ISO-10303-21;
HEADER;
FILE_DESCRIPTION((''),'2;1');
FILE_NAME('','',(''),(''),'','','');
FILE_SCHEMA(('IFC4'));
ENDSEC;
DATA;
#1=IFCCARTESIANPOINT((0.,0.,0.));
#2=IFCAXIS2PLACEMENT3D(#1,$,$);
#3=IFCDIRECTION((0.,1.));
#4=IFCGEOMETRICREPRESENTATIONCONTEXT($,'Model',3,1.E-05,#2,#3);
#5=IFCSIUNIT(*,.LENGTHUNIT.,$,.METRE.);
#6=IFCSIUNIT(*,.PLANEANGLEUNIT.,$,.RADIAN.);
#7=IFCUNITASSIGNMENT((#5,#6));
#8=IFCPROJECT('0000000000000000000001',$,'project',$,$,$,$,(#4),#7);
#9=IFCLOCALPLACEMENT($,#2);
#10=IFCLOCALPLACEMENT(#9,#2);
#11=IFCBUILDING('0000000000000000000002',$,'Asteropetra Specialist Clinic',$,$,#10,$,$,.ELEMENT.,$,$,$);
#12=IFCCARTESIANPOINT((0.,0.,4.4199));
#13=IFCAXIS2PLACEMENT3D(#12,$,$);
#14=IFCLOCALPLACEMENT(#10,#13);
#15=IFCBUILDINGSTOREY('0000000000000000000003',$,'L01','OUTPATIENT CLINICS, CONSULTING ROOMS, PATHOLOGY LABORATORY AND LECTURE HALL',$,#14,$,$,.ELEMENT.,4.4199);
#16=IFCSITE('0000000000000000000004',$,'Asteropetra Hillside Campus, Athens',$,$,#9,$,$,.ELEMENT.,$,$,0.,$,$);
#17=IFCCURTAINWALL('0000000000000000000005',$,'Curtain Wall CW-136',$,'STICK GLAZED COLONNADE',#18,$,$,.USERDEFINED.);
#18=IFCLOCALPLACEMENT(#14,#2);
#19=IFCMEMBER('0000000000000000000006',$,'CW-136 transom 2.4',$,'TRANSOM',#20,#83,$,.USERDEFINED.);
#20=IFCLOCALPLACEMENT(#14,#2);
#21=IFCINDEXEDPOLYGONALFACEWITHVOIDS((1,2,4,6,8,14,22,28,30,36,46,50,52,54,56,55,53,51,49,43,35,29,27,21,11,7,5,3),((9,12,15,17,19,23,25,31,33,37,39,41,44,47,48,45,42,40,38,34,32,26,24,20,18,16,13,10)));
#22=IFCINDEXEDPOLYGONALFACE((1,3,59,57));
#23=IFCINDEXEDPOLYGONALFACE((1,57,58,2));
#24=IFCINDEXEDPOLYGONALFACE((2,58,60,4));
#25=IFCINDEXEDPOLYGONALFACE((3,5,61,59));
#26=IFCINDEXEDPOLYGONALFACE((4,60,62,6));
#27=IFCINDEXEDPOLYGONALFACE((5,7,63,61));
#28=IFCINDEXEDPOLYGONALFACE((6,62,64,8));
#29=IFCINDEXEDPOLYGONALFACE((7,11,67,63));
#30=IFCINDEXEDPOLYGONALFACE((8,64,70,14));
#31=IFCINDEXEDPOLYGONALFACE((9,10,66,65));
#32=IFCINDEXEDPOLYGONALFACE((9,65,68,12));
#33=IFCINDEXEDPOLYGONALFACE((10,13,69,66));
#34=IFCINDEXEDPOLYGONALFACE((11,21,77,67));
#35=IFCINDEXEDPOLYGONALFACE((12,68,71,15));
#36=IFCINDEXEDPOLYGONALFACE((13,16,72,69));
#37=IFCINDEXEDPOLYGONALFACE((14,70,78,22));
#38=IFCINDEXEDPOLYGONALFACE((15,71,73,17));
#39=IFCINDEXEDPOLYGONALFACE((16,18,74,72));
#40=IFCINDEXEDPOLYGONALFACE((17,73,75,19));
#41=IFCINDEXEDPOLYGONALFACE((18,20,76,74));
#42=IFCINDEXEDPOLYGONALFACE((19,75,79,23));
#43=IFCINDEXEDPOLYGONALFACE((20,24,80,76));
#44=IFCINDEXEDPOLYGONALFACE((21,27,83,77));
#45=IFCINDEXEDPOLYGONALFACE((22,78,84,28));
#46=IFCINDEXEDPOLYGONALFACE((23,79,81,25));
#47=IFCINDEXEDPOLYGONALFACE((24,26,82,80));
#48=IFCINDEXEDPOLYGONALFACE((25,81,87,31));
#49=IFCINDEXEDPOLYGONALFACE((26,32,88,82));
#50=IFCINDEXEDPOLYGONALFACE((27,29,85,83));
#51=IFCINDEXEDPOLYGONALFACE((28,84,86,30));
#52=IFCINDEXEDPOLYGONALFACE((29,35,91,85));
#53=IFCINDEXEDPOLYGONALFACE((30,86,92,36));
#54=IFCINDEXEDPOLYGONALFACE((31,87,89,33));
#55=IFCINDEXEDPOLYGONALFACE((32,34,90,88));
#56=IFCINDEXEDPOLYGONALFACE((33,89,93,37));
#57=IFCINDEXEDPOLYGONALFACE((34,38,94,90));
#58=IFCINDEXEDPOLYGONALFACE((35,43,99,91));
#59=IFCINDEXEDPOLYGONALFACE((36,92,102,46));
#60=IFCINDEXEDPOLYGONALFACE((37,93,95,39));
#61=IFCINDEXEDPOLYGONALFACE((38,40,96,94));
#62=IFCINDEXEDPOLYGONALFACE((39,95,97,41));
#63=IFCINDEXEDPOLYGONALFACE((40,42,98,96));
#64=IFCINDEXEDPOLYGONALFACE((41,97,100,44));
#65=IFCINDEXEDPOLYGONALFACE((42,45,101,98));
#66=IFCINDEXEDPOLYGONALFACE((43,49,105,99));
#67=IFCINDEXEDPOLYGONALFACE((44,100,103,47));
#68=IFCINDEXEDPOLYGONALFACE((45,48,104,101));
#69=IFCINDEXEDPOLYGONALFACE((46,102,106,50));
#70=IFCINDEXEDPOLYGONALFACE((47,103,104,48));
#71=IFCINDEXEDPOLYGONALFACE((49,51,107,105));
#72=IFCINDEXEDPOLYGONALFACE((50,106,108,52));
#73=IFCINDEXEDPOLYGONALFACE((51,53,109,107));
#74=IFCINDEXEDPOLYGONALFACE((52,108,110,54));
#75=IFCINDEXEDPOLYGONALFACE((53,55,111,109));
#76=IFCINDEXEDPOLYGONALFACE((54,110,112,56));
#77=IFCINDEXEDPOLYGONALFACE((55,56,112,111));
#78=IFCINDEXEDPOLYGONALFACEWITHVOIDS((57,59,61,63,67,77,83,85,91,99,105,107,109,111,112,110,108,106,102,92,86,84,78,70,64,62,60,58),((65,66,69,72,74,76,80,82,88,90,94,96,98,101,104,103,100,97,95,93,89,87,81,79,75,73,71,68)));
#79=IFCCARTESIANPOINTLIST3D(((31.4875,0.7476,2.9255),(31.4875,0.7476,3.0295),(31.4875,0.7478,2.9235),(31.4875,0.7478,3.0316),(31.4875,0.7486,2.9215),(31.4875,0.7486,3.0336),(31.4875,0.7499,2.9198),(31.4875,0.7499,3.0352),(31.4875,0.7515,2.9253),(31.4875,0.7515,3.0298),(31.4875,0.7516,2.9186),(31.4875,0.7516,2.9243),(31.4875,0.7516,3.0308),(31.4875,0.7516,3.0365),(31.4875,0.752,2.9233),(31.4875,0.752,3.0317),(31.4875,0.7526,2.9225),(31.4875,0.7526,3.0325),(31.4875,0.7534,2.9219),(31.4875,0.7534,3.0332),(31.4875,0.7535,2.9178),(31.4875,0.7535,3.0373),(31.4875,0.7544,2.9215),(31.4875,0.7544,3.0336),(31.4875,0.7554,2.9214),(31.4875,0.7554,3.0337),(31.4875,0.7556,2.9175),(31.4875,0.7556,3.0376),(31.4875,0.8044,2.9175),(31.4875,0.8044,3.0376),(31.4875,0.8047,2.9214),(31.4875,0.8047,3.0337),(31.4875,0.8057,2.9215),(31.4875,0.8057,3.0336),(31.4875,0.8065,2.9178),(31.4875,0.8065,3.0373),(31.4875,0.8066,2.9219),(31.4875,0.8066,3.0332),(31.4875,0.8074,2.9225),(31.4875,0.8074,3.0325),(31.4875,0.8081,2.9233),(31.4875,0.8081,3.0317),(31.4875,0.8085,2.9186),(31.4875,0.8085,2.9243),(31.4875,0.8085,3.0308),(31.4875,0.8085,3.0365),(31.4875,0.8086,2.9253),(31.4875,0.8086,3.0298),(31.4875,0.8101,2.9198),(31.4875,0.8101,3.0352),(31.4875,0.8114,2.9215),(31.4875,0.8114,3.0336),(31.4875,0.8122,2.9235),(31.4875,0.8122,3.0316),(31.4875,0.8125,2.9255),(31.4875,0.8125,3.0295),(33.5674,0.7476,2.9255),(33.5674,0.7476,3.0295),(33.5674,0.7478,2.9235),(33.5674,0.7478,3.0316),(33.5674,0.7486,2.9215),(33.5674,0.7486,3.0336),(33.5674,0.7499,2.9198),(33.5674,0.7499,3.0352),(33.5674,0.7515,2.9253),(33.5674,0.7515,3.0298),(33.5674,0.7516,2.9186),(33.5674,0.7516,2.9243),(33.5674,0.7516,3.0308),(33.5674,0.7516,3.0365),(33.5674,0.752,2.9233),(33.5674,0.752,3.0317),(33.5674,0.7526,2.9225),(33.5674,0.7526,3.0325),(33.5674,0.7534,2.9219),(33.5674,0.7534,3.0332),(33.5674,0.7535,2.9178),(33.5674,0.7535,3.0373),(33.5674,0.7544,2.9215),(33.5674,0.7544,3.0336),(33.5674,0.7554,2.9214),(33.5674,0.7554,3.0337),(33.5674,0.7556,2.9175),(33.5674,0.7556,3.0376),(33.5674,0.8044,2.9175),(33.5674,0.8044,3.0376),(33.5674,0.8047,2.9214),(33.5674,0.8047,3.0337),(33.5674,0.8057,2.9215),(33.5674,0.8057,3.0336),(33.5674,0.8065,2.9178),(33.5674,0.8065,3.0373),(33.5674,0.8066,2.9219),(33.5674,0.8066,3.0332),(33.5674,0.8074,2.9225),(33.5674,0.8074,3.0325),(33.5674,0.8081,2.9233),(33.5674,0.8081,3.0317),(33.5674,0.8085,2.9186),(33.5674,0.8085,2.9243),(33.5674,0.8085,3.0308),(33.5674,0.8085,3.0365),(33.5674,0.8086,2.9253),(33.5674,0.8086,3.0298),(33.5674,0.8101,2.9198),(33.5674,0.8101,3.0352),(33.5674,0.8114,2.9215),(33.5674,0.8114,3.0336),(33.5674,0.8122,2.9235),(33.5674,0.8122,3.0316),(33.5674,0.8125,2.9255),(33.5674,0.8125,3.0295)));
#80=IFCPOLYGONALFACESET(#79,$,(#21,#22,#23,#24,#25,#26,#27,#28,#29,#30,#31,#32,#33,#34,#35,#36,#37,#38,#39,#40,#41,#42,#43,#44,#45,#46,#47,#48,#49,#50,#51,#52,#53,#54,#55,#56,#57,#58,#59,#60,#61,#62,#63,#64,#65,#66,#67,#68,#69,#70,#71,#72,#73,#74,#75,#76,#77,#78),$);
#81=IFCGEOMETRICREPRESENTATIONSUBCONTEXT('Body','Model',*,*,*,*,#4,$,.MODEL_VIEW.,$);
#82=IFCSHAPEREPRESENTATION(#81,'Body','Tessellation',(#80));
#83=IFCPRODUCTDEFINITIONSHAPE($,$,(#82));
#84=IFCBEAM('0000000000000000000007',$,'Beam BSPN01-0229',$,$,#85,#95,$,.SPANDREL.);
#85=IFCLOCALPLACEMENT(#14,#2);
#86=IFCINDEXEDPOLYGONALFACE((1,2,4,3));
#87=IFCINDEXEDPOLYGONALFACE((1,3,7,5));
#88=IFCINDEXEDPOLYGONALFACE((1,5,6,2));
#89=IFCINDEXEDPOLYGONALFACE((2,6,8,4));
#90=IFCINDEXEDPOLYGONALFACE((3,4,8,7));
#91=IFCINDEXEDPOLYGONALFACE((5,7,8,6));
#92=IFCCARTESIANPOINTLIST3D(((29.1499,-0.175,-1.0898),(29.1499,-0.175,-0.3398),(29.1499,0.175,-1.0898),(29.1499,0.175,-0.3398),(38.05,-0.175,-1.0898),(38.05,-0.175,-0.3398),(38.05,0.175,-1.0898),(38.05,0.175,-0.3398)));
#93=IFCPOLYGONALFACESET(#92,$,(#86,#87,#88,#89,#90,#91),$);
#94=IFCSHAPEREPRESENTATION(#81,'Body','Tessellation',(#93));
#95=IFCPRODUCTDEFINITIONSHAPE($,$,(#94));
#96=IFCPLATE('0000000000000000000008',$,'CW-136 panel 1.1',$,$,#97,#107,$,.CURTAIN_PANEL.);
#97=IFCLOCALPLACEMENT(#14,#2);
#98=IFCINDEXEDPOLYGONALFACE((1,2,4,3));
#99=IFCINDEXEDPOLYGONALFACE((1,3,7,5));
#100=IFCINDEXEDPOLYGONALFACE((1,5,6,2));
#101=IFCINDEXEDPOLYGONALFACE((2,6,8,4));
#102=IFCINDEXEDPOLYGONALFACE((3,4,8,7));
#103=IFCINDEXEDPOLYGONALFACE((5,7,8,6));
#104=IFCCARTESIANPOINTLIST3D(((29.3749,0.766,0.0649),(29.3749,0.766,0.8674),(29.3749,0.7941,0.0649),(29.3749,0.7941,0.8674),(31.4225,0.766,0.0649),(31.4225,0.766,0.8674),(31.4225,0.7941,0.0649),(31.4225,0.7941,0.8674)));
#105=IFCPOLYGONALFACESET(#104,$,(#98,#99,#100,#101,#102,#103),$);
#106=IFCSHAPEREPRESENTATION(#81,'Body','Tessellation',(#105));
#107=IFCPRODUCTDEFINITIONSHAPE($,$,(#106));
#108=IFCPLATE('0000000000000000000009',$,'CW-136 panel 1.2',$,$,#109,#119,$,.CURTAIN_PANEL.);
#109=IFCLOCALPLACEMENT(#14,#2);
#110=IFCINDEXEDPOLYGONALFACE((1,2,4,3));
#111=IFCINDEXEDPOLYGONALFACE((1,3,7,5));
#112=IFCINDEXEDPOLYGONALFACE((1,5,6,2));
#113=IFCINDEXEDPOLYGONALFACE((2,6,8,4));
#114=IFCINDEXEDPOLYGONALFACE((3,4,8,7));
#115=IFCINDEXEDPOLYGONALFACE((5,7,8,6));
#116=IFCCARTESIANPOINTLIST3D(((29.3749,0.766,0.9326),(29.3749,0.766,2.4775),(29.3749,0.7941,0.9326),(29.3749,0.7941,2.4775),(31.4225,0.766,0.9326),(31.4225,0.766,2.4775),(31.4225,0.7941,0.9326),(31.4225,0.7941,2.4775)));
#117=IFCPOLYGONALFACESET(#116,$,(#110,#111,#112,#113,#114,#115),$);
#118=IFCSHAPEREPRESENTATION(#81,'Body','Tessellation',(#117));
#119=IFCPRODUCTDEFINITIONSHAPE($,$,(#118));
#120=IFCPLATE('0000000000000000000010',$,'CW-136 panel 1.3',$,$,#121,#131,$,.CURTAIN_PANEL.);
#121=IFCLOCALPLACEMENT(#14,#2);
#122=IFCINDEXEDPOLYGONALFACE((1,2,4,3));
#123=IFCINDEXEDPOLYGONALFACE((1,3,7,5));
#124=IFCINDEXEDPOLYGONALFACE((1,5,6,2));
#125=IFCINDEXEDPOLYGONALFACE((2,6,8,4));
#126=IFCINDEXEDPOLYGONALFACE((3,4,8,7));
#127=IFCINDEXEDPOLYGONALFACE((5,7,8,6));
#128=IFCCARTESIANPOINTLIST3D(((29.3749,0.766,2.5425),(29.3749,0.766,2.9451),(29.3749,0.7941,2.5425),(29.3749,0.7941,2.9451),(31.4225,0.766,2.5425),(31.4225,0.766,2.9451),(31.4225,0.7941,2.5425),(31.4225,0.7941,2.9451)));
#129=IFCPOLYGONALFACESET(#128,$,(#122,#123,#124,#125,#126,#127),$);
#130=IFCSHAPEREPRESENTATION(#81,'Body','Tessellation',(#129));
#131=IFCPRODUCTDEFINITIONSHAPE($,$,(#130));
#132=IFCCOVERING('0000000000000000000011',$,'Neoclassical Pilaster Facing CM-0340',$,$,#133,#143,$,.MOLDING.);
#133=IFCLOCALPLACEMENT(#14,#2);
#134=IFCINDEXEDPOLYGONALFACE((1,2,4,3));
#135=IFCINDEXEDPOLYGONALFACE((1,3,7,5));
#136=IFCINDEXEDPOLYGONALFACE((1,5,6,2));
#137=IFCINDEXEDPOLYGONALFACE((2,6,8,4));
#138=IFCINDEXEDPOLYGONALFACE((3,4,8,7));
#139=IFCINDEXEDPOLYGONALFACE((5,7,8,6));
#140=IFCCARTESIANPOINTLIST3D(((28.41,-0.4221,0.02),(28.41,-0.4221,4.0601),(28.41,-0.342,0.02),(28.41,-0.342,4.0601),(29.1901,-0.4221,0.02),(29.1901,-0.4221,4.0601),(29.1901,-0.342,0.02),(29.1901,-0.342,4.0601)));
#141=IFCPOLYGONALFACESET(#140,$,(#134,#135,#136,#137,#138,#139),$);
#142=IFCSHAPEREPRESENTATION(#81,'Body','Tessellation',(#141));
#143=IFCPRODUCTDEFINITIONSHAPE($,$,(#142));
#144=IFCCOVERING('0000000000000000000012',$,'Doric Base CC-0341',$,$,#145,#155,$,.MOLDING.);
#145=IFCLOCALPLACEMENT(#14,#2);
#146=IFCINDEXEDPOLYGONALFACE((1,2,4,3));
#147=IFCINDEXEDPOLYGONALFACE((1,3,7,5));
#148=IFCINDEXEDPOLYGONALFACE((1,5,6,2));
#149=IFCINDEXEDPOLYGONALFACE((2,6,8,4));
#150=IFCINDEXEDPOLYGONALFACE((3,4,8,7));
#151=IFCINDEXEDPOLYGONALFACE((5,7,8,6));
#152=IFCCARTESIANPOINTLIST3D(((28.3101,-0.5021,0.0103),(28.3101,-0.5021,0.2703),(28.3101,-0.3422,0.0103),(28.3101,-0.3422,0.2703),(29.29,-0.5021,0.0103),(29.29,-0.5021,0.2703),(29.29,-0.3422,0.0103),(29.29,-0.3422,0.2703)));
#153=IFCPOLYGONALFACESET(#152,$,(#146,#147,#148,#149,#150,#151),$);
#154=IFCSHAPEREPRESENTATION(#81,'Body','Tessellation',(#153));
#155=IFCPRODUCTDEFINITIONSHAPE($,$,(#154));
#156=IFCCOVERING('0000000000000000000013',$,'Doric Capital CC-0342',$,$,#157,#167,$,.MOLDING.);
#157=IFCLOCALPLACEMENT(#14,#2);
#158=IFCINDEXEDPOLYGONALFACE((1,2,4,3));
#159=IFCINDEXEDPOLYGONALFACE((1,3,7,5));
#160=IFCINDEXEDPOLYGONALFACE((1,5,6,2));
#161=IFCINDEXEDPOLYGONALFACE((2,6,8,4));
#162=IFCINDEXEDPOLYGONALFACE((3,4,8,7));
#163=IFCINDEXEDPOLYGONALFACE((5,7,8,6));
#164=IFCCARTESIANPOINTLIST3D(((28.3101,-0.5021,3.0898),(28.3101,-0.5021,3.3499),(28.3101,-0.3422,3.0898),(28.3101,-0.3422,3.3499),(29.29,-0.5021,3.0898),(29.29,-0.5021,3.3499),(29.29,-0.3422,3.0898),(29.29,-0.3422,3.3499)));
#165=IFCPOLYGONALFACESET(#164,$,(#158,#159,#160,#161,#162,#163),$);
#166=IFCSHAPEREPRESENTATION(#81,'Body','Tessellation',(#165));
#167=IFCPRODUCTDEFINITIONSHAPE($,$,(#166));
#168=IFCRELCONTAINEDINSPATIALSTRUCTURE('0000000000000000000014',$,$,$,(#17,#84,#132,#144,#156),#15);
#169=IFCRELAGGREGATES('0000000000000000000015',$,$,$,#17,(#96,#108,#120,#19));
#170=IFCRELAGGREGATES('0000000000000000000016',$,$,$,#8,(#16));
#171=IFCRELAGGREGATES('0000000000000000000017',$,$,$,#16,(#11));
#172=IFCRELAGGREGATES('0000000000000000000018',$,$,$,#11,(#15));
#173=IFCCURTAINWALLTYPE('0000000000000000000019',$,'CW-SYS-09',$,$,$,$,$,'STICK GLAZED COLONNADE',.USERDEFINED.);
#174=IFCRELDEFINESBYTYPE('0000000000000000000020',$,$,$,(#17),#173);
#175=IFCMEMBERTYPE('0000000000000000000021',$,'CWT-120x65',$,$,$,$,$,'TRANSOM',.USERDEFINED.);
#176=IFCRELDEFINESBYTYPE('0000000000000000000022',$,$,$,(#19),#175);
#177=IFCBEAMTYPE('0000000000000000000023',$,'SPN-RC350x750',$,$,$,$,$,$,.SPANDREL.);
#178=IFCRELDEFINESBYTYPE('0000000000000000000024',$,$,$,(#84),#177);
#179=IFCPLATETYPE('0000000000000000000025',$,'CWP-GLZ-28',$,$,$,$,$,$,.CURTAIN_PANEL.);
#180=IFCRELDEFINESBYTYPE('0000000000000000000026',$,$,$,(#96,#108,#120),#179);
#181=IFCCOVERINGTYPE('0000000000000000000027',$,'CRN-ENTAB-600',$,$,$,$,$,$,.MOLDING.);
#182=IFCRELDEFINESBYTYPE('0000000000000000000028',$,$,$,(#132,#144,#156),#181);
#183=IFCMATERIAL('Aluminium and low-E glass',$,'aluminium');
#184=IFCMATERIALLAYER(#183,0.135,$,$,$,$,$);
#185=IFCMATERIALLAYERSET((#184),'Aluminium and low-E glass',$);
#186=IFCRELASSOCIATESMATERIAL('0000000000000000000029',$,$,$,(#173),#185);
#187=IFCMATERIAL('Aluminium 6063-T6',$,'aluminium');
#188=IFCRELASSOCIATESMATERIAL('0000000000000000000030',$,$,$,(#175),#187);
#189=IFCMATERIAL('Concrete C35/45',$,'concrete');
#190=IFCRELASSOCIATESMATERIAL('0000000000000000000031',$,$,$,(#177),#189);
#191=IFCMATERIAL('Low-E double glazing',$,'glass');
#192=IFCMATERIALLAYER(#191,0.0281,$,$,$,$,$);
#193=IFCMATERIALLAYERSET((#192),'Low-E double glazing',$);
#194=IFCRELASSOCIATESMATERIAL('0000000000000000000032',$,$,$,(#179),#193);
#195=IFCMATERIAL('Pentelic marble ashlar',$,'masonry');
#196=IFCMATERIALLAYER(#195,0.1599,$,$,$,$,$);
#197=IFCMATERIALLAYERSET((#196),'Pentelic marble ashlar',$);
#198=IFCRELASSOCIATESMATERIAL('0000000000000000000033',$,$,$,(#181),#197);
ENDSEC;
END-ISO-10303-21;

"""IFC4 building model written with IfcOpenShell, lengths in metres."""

from ifc_helpers import new_model, si_unit, direction, frame, origin, origin_2d, place, context, subcontext, project, spatial, rectangle, hollow_rectangle, extrude, material, layer, layer_set, material_profile, profile_set, type_object, element, aggregate, save


model = new_model("IFC4")

# Units and contexts
model_context = context("Model", 3, precision=1e-05, world=origin(), true_north=direction((0.0, 1.0)))
body_context = subcontext(model_context, "Body", "Model", "MODEL_VIEW")
ifc_project = project(units=[si_unit("LENGTHUNIT", "METRE"), si_unit("PLANEANGLEUNIT", "RADIAN")], contexts=[model_context])

# Site, building, storey
site_placement = place(None, origin())
site = spatial("IfcSite", under=ifc_project, at=site_placement, Name="Asteropetra Hillside Campus, Athens", CompositionType="ELEMENT", RefElevation=0.0)
building_placement = place(site_placement, origin())
building = spatial("IfcBuilding", under=site, at=building_placement, Name="Asteropetra Specialist Clinic", CompositionType="ELEMENT")
storey_placement = place(building_placement, frame((0.0, 0.0, 4.4199)))
storey = spatial("IfcBuildingStorey", under=building, at=storey_placement, Name="L01", Description="OUTPATIENT CLINICS, CONSULTING ROOMS, PATHOLOGY LABORATORY AND LECTURE HALL", CompositionType="ELEMENT", Elevation=4.4199)

# Curtain wall, member
ifc_material_1 = material(Name="Aluminium and low-E glass", Category="aluminium")
ifc_layer_1 = layer(ifc_material_1, 0.135)
ifc_layer_set_1 = layer_set([ifc_layer_1], Name="Aluminium and low-E glass")
curtain_wall_type = type_object("IfcCurtainWallType", Name="CW-SYS-09", ElementType="STICK GLAZED COLONNADE", PredefinedType="USERDEFINED", material=ifc_layer_set_1)
curtain_wall_placement = place(storey_placement, origin())
curtain_wall = element("IfcCurtainWall", 1, at=curtain_wall_placement, inside=storey, type_object=curtain_wall_type, Name="Curtain Wall CW-136", ObjectType="STICK GLAZED COLONNADE", PredefinedType="USERDEFINED")
ifc_material_2 = material(Name="Aluminium 6063-T6", Category="aluminium")
ifc_material_profile_1 = material_profile(ifc_material_2, hollow_rectangle(XDim=0.0649, YDim=0.1201, WallThickness=0.0039, InnerFilletRadius=0.0039, OuterFilletRadius=0.0081, at=origin_2d()), Name="TRN 120x65x4.0")
ifc_profile_set_1 = profile_set([ifc_material_profile_1], Name="Aluminium 6063-T6")
member_type_1 = type_object("IfcMemberType", Name="CWT-120x65", ElementType="TRANSOM", PredefinedType="USERDEFINED", material=ifc_profile_set_1)
member_1_placement = place(storey_placement, frame((31.4875, 0.78, 2.9775), z_axis=(1.0, 0.0, 0.0), x_axis=(0.0, 1.0, 0.0)))
member_1 = element("IfcMember", 2, at=member_1_placement, type_object=member_type_1, Name="CW-136 transom 2.4", ObjectType="TRANSOM", PredefinedType="USERDEFINED", context=body_context, shape_type="SweptSolid", body=[
    extrude(hollow_rectangle(XDim=0.0649, YDim=0.1201, WallThickness=0.0039, InnerFilletRadius=0.0039, OuterFilletRadius=0.0081, at=origin_2d()), origin(), (0.0, 0.0, 1.0), 2.0798),
])

# Beam
ifc_material_3 = material(Name="Concrete C35/45", Category="concrete")
ifc_material_profile_2 = material_profile(ifc_material_3, rectangle(XDim=0.3501, YDim=0.75, at=origin_2d()), Name="RCS 350x750")
ifc_profile_set_2 = profile_set([ifc_material_profile_2], Name="Concrete C35/45")
beam_type_1 = type_object("IfcBeamType", Name="SPN-RC350x750", PredefinedType="SPANDREL", material=ifc_profile_set_2)
beam_1_placement = place(storey_placement, frame((29.1499, 0.0, -0.7148), z_axis=(1.0, 0.0, 0.0), x_axis=(0.0, 1.0, 0.0)))
element("IfcBeam", 3, at=beam_1_placement, inside=storey, type_object=beam_type_1, Name="Beam BSPN01-0229", PredefinedType="SPANDREL", context=body_context, shape_type="SweptSolid", body=[
    extrude(rectangle(XDim=0.3501, YDim=0.75, at=origin_2d()), origin(), (0.0, 0.0, 1.0), 8.9001),
])

# Plates
ifc_material_4 = material(Name="Low-E double glazing", Category="glass")
ifc_layer_2 = layer(ifc_material_4, 0.0281)
ifc_layer_set_2 = layer_set([ifc_layer_2], Name="Low-E double glazing")
plate_type = type_object("IfcPlateType", Name="CWP-GLZ-28", PredefinedType="CURTAIN_PANEL", material=ifc_layer_set_2)
plate_1_placement = place(storey_placement, frame((30.3987, 0.78, 0.0649), z_axis=(0.0, 0.0, 1.0), x_axis=(1.0, 0.0, 0.0)))
plate_1 = element("IfcPlate", 4, at=plate_1_placement, type_object=plate_type, Name="CW-136 panel 1.1", PredefinedType="CURTAIN_PANEL", context=body_context, shape_type="SweptSolid", body=[
    extrude(rectangle(XDim=2.0476, YDim=0.0281, at=origin_2d()), origin(), (0.0, 0.0, 1.0), 0.8025),
])
plate_2_placement = place(storey_placement, frame((30.3987, 0.78, 0.9326), z_axis=(0.0, 0.0, 1.0), x_axis=(1.0, 0.0, 0.0)))
plate_2 = element("IfcPlate", 5, at=plate_2_placement, type_object=plate_type, Name="CW-136 panel 1.2", PredefinedType="CURTAIN_PANEL", context=body_context, shape_type="SweptSolid", body=[
    extrude(rectangle(XDim=2.0476, YDim=0.0281, at=origin_2d()), origin(), (0.0, 0.0, 1.0), 1.5449),
])
plate_3_placement = place(storey_placement, frame((30.3987, 0.78, 2.5425), z_axis=(0.0, 0.0, 1.0), x_axis=(1.0, 0.0, 0.0)))
plate_3 = element("IfcPlate", 6, at=plate_3_placement, type_object=plate_type, Name="CW-136 panel 1.3", PredefinedType="CURTAIN_PANEL", context=body_context, shape_type="SweptSolid", body=[
    extrude(rectangle(XDim=2.0476, YDim=0.0281, at=origin_2d()), origin(), (0.0, 0.0, 1.0), 0.4026),
])
aggregate(curtain_wall, [plate_1, plate_2, plate_3, member_1])

# Coverings
ifc_material_5 = material(Name="Pentelic marble ashlar", Category="masonry")
ifc_layer_3 = layer(ifc_material_5, 0.1599)
ifc_layer_set_3 = layer_set([ifc_layer_3], Name="Pentelic marble ashlar")
covering_type = type_object("IfcCoveringType", Name="CRN-ENTAB-600", PredefinedType="MOLDING", material=ifc_layer_set_3)
covering_placement = place(storey_placement, frame((28.8, -0.3821, 0.02), z_axis=(0.0, 0.0, 1.0), x_axis=(1.0, 0.0, 0.0)))
element("IfcCovering", 7, at=covering_placement, inside=storey, type_object=covering_type, Name="Neoclassical Pilaster Facing CM-0340", PredefinedType="MOLDING", context=body_context, shape_type="SweptSolid", body=[
    extrude(rectangle(XDim=0.78, YDim=0.0801, at=origin_2d()), origin(), (0.0, 0.0, 1.0), 4.04),
])
for number, where, z_axis, x_axis, name in (
    (8, (28.8, -0.4221, 0.0103), (0.0, 0.0, 1.0), (1.0, 0.0, 0.0), "Doric Base CC-0341"),
    (9, (28.8, -0.4221, 3.0898), (0.0, 0.0, 1.0), (1.0, 0.0, 0.0), "Doric Capital CC-0342"),
):
    element("IfcCovering", number, at=place(storey_placement, frame(where, z_axis=z_axis, x_axis=x_axis)), inside=storey, type_object=covering_type, Name=name, PredefinedType="MOLDING", context=body_context, shape_type="SweptSolid", body=[
        extrude(rectangle(XDim=0.98, YDim=0.1599, at=origin_2d()), origin(), (0.0, 0.0, 1.0), 0.26),
    ])

save(model, "model.ifc")
